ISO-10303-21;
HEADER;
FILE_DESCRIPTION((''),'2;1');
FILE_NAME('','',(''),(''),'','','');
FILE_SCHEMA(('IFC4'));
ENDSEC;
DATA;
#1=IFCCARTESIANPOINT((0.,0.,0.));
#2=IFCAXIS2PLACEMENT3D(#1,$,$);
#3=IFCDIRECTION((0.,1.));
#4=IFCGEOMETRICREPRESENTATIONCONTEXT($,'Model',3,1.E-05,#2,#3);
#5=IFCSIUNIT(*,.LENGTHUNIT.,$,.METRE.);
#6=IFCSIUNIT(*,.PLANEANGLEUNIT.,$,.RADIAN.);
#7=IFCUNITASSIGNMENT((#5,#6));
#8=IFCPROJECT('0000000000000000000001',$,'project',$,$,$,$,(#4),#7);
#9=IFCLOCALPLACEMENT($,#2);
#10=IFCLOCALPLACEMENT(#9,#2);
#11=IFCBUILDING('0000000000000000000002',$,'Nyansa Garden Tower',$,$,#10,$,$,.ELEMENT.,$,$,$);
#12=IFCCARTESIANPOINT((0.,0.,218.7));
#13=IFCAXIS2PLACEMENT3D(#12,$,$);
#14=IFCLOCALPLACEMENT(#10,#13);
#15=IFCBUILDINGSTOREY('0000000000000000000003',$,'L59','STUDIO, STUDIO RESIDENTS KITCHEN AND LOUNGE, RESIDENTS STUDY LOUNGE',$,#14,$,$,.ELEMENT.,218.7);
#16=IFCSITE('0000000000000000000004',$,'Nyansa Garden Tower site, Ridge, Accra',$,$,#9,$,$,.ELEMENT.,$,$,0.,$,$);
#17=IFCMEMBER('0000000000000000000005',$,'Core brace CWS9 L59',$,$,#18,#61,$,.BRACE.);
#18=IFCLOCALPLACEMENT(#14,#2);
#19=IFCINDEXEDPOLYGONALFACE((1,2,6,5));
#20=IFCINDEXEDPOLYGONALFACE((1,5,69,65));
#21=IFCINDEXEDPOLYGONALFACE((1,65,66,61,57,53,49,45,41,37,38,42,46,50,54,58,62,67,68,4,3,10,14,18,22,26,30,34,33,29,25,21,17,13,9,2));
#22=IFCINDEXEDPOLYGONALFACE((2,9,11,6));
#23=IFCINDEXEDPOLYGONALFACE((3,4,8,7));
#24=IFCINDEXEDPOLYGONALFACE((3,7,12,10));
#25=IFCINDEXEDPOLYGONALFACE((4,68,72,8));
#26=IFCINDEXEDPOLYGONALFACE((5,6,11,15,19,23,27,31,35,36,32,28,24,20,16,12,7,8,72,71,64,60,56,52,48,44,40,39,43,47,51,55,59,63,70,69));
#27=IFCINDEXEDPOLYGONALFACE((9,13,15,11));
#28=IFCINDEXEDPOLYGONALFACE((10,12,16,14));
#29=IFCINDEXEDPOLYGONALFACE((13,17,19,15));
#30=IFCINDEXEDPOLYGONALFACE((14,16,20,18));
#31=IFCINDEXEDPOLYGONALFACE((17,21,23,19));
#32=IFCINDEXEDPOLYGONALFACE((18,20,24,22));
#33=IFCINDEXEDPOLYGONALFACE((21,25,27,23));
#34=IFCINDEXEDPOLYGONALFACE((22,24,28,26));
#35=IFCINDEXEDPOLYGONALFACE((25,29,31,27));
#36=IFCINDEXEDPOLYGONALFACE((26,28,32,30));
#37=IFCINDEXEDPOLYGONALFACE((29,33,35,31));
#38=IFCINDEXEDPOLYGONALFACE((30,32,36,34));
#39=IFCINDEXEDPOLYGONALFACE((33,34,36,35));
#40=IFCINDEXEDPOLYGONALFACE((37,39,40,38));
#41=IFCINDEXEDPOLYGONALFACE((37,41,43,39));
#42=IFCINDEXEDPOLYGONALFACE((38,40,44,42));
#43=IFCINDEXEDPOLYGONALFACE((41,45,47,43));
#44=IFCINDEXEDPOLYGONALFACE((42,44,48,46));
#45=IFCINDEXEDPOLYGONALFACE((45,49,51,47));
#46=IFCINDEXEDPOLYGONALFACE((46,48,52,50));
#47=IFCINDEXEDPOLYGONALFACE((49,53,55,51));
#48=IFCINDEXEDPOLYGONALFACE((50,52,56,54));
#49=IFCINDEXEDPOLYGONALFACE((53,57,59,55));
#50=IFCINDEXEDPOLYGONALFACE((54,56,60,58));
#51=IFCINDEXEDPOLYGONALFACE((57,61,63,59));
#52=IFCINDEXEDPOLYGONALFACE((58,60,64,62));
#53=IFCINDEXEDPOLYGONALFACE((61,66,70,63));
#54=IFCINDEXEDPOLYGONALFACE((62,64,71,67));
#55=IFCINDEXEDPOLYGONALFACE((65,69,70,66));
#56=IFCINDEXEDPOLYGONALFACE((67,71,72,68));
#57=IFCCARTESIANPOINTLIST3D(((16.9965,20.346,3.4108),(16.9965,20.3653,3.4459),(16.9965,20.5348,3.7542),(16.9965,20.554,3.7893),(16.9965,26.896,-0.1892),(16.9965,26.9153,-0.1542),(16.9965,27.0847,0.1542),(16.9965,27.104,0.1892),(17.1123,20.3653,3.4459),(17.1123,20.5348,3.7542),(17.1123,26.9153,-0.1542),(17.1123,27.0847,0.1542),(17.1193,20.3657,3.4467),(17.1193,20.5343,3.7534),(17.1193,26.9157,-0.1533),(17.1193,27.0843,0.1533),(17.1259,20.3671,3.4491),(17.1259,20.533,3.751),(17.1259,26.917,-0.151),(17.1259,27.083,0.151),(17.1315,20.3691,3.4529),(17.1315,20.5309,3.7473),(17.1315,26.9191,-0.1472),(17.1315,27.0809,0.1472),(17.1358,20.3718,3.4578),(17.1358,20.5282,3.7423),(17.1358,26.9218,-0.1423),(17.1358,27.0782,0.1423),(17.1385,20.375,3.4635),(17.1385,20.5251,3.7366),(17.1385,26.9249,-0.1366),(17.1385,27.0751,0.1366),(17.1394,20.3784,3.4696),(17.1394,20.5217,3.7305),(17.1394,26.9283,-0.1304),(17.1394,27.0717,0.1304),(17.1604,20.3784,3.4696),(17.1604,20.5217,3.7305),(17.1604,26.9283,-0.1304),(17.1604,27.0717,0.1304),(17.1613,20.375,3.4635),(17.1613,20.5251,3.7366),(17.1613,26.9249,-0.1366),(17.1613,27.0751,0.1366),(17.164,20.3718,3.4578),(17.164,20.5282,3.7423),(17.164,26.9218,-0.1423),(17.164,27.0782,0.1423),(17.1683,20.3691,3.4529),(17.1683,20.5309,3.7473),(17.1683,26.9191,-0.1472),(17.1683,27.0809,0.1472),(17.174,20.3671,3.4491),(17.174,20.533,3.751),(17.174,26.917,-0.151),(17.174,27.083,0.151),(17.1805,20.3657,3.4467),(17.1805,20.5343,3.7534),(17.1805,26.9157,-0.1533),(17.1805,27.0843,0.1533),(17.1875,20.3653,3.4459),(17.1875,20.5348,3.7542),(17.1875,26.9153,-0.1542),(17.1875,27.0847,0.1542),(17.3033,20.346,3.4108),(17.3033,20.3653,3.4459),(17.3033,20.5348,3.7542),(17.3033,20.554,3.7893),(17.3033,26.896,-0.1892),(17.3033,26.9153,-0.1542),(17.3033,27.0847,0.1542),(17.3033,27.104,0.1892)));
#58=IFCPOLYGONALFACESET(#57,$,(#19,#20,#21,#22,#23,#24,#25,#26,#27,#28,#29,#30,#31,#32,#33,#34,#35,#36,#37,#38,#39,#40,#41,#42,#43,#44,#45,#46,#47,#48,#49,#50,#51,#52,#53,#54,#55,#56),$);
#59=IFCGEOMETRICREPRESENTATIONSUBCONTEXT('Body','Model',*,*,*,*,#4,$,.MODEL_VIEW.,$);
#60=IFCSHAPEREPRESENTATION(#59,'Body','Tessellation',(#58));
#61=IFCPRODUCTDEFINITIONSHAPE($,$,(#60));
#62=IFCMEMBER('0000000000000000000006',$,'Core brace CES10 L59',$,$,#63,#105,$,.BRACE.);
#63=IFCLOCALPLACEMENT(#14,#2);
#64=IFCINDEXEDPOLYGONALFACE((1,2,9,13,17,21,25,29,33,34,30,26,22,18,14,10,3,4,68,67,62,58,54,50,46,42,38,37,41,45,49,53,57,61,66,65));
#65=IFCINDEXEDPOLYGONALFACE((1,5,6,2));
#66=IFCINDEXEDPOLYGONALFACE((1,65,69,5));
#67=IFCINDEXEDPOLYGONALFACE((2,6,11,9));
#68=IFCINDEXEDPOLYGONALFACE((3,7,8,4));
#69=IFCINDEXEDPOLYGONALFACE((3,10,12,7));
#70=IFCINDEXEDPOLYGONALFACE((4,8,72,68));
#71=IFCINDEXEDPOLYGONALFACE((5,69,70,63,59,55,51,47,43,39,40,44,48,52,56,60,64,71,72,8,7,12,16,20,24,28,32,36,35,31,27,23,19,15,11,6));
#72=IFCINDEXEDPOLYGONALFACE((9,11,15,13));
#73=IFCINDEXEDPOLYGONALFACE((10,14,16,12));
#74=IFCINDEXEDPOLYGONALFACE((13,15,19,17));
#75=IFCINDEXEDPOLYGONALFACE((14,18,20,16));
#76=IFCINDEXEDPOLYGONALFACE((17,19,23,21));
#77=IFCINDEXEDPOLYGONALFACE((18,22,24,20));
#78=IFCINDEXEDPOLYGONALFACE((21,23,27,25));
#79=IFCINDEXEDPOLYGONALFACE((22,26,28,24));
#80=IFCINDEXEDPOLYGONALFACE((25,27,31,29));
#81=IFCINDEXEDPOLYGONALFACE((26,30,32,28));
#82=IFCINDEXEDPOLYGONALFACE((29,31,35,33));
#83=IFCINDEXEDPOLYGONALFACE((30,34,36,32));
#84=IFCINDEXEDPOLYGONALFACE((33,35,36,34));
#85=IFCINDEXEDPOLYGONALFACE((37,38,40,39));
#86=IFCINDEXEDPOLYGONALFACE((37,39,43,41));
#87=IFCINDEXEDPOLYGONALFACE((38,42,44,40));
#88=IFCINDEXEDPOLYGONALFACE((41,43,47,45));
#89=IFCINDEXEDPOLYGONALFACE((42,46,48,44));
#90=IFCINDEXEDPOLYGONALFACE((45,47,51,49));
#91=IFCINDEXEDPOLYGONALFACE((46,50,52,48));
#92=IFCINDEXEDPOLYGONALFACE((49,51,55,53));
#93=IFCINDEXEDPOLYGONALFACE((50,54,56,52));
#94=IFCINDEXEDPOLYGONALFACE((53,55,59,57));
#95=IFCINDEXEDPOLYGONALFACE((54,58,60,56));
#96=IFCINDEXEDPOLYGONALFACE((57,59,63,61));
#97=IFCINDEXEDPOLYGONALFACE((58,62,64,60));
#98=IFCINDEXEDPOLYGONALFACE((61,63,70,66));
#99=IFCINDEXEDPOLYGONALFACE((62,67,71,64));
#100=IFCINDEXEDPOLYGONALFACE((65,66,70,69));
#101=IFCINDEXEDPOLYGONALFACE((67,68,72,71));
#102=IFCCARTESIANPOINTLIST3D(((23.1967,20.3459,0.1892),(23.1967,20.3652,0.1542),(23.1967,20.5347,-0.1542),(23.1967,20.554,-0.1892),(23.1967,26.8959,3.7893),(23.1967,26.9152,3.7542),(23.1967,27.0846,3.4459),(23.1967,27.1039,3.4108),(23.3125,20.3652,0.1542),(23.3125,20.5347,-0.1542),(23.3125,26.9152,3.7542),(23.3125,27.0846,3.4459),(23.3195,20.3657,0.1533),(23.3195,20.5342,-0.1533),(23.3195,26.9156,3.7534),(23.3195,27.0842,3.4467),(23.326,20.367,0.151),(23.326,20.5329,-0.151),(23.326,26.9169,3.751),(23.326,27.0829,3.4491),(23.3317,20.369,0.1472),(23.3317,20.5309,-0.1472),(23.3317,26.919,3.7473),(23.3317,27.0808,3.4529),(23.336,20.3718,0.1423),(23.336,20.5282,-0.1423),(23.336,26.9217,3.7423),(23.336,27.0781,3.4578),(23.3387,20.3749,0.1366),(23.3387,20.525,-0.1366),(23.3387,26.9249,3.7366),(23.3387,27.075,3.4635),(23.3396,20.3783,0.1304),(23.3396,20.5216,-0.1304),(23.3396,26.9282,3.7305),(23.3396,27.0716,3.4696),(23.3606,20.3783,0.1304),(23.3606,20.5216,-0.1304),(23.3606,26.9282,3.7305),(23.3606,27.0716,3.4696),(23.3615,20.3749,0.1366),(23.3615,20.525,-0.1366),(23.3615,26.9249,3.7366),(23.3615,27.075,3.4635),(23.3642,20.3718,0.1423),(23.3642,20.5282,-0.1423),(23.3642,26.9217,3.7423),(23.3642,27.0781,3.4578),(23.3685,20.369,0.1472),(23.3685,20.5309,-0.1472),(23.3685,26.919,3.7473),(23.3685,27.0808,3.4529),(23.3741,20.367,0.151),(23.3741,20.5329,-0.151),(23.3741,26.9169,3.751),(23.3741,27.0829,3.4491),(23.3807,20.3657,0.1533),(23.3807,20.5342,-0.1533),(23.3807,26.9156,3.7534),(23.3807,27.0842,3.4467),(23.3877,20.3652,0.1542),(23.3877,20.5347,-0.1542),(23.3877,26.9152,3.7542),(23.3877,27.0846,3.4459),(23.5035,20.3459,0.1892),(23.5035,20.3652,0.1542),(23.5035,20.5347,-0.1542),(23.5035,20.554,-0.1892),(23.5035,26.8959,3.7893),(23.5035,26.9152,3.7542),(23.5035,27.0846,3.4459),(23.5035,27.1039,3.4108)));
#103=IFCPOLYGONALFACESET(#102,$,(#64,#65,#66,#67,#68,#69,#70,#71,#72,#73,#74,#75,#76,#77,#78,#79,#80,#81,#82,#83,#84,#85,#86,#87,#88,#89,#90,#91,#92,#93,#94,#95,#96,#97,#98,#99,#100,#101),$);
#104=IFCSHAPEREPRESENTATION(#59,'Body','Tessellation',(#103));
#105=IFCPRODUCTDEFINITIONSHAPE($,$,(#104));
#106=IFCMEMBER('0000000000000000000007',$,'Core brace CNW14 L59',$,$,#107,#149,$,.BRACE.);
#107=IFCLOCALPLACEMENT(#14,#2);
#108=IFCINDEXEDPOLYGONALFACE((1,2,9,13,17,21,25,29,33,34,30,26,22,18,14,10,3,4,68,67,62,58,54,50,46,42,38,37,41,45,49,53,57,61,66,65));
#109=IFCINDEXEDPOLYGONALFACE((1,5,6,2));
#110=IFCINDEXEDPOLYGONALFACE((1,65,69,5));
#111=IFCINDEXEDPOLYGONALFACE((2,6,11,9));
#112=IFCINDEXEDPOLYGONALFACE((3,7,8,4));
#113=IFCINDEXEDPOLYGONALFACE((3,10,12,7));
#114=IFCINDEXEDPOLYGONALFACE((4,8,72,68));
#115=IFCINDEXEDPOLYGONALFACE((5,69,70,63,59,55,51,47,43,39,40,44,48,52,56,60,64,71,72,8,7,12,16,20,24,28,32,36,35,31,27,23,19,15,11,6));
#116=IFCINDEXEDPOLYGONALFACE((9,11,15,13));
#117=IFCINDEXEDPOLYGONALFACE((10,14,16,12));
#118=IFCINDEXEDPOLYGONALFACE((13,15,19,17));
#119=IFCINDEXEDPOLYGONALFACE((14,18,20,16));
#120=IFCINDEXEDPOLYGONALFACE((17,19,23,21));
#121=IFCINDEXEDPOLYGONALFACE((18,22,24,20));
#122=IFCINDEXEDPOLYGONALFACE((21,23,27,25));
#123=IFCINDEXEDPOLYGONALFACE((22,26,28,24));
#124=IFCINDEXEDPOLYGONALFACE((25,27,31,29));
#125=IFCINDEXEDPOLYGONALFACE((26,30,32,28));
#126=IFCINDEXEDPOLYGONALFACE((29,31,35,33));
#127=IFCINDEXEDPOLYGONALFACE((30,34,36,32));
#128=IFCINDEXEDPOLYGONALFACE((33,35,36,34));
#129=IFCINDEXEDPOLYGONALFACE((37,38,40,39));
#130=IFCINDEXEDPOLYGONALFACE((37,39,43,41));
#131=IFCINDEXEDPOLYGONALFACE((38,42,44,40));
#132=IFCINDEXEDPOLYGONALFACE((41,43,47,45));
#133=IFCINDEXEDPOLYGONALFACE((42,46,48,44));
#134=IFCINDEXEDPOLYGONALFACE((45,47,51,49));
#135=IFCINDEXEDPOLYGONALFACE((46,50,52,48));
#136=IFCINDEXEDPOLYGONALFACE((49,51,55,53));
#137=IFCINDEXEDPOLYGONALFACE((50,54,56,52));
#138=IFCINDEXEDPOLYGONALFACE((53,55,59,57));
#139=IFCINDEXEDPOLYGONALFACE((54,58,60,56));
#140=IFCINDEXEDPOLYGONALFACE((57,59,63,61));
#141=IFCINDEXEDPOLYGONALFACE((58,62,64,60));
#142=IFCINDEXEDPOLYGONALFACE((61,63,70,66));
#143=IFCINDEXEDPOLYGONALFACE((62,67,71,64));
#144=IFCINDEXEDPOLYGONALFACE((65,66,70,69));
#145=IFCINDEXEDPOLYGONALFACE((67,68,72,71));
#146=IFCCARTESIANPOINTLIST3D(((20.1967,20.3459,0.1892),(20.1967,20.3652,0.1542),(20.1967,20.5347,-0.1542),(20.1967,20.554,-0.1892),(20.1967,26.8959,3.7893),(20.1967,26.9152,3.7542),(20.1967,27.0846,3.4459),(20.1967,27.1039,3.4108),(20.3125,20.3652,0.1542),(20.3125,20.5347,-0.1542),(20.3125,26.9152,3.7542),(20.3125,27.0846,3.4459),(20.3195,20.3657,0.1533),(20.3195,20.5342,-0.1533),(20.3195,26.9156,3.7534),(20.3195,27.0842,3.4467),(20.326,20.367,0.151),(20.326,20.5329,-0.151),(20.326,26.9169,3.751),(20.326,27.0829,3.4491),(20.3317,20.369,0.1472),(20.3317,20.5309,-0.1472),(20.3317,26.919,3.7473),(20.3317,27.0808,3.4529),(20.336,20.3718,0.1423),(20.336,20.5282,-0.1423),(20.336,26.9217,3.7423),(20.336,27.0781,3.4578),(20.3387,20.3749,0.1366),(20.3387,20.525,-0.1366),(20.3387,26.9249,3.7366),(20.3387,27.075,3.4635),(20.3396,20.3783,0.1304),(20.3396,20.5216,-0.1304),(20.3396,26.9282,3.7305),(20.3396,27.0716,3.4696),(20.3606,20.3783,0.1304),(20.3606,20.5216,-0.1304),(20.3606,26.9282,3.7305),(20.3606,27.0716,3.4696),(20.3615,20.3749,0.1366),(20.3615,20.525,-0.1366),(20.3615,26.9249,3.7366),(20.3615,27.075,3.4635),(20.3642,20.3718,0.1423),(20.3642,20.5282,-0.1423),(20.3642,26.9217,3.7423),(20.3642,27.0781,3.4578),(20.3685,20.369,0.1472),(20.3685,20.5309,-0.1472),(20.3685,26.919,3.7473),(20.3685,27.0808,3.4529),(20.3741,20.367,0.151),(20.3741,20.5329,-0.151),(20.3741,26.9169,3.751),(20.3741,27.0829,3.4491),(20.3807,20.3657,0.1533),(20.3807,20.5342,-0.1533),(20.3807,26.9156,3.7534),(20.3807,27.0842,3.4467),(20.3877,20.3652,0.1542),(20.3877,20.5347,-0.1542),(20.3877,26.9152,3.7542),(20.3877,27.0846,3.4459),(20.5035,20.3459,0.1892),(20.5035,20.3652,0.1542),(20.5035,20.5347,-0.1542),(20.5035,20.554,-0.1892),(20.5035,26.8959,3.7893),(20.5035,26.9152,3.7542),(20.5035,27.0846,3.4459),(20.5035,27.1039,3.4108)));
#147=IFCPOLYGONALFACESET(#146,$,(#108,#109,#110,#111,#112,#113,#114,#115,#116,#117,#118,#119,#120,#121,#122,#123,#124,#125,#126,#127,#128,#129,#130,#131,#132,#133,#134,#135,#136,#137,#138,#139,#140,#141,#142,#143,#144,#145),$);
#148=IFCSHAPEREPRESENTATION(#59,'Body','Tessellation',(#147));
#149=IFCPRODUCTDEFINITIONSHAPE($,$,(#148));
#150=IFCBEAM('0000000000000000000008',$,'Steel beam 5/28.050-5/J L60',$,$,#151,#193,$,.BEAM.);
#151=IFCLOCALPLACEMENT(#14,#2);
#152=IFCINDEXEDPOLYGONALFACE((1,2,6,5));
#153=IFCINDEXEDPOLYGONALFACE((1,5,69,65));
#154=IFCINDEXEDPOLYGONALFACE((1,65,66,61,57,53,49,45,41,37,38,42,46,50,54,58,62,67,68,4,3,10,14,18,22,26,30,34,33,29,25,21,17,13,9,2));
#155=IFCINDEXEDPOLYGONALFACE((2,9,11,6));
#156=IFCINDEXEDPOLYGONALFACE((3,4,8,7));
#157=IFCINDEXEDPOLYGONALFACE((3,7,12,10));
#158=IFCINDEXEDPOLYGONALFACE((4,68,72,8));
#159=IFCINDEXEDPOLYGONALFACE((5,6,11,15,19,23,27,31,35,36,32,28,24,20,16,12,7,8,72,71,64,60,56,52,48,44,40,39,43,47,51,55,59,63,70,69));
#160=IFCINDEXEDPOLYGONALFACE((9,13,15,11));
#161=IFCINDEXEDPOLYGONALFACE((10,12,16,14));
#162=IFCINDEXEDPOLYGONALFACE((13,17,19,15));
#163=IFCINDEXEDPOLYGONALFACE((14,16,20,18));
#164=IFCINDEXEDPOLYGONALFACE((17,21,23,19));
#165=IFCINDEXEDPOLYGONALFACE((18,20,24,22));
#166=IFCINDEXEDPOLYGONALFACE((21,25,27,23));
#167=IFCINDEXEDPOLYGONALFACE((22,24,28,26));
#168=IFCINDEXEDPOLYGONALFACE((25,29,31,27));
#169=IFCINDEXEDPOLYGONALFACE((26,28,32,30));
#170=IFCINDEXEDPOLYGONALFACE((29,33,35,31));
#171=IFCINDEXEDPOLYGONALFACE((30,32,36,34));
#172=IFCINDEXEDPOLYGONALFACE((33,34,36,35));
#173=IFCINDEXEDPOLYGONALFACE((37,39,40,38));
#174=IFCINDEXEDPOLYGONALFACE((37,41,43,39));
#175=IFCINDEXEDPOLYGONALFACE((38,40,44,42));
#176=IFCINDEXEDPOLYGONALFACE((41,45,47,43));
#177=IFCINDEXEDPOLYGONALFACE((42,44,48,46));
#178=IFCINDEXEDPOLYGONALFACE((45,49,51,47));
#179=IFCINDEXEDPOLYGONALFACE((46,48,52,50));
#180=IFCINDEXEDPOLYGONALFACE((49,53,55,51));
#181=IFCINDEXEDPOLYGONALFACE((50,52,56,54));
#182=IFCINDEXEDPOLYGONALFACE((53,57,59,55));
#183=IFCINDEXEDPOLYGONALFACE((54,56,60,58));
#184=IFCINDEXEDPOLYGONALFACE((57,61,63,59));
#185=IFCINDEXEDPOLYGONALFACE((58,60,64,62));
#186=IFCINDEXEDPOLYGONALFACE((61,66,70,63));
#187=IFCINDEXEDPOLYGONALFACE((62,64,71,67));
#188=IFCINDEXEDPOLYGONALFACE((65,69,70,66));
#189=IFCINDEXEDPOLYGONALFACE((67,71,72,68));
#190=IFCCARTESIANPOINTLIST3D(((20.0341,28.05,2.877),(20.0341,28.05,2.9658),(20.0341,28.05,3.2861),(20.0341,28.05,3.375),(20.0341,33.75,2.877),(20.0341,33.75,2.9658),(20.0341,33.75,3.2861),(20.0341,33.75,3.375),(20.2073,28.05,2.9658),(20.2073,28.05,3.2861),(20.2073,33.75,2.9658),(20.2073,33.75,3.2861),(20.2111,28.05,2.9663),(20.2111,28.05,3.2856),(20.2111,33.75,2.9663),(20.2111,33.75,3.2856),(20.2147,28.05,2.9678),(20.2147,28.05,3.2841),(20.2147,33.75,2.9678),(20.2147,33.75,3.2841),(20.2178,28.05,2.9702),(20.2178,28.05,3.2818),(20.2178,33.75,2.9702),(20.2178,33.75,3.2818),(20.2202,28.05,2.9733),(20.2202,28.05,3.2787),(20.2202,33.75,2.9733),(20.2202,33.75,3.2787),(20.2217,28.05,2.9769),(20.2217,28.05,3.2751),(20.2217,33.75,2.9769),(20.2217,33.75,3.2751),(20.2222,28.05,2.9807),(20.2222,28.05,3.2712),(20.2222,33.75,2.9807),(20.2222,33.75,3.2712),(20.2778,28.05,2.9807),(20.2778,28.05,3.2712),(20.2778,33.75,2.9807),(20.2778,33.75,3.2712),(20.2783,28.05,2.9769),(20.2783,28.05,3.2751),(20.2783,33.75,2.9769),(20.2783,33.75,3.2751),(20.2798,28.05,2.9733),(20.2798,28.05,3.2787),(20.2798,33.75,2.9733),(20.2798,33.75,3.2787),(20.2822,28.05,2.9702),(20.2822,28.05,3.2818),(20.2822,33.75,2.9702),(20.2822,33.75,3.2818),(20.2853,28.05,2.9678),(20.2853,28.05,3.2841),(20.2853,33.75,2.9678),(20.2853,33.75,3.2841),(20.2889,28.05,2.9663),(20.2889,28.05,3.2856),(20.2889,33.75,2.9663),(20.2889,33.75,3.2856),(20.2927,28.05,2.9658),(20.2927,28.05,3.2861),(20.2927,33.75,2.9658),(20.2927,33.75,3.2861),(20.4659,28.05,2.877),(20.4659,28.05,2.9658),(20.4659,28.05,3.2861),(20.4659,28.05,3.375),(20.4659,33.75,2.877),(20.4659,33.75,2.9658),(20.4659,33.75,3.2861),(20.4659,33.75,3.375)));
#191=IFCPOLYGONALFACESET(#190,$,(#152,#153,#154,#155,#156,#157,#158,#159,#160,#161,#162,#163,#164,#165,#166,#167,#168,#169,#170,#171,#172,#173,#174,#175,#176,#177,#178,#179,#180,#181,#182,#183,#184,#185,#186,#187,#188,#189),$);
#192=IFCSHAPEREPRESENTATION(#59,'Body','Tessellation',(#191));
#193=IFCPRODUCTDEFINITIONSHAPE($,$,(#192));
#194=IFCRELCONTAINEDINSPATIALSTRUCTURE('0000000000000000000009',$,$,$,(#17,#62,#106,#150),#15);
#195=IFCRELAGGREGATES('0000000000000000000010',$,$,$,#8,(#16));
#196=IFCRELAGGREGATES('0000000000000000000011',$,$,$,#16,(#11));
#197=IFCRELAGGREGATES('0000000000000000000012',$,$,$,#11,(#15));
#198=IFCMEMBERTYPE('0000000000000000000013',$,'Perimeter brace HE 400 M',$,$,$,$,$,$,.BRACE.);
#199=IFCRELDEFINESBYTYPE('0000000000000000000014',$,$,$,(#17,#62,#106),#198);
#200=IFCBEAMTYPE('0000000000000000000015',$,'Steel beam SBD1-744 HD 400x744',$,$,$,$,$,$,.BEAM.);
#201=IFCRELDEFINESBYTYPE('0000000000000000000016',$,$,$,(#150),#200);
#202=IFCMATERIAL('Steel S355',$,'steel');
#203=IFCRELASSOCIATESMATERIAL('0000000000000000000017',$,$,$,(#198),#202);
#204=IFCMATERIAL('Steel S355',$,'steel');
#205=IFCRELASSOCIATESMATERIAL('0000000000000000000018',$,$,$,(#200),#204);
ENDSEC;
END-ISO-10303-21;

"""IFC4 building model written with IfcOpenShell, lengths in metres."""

from ifc_helpers import new_model, si_unit, direction, frame, origin, origin_2d, place, context, subcontext, project, spatial, i_section, extrude, material, material_profile, profile_set, type_object, element, save


model = new_model("IFC4")

# Units and contexts
model_context = context("Model", 3, precision=1e-05, world=origin(), true_north=direction((0.0, 1.0)))
body_context = subcontext(model_context, "Body", "Model", "MODEL_VIEW")
ifc_project = project(units=[si_unit("LENGTHUNIT", "METRE"), si_unit("PLANEANGLEUNIT", "RADIAN")], contexts=[model_context])

# Site, building, storey
site_placement = place(None, origin())
site = spatial("IfcSite", under=ifc_project, at=site_placement, Name="Nyansa Garden Tower site, Ridge, Accra", CompositionType="ELEMENT", RefElevation=0.0)
building_placement = place(site_placement, origin())
building = spatial("IfcBuilding", under=site, at=building_placement, Name="Nyansa Garden Tower", CompositionType="ELEMENT")
storey_placement = place(building_placement, frame((0.0, 0.0, 218.7)))
storey = spatial("IfcBuildingStorey", under=building, at=storey_placement, Name="L59", Description="STUDIO, STUDIO RESIDENTS KITCHEN AND LOUNGE, RESIDENTS STUDY LOUNGE", CompositionType="ELEMENT", Elevation=218.7)

# Members
ifc_material_1 = material(Name="Steel S355", Category="steel")
ifc_material_profile_1 = material_profile(ifc_material_1, i_section(OverallWidth=0.3069, OverallDepth=0.4319, WebThickness=0.021, FlangeThickness=0.04, FilletRadius=0.0271, at=origin_2d()), Name="HE 400 M")
ifc_profile_set_1 = profile_set([ifc_material_profile_1], Name="Steel S355")
member_type_1 = type_object("IfcMemberType", Name="Perimeter brace HE 400 M", PredefinedType="BRACE", material=ifc_profile_set_1)
for number, where, z_axis, x_axis, name in (
    (1, (17.1499, 27.0, 0.0), (0.0, -0.876353, 0.481669), (1.0, 0.0, 0.0), "Core brace CWS9 L59"),
    (2, (23.3501, 20.45, 0.0), (0.0, 0.876353, 0.481669), (-1.0, 0.0, 0.0), "Core brace CES10 L59"),
    (3, (20.3501, 20.45, 0.0), (0.0, 0.876353, 0.481669), (-1.0, 0.0, 0.0), "Core brace CNW14 L59"),
):
    element("IfcMember", number, at=place(storey_placement, frame(where, z_axis=z_axis, x_axis=x_axis)), inside=storey, type_object=member_type_1, Name=name, PredefinedType="BRACE", context=body_context, shape_type="SweptSolid", body=[
        extrude(i_section(OverallWidth=0.3069, OverallDepth=0.4319, WebThickness=0.021, FlangeThickness=0.04, FilletRadius=0.0271, at=origin_2d()), origin(), (0.0, 0.0, 1.0), 7.4741),
    ])

# Beam
ifc_material_2 = material(Name="Steel S355", Category="steel")
ifc_material_profile_2 = material_profile(ifc_material_2, i_section(OverallWidth=0.4319, OverallDepth=0.498, WebThickness=0.0557, FlangeThickness=0.0889, FilletRadius=0.0149, at=origin_2d()), Name="HD 400x744")
ifc_profile_set_2 = profile_set([ifc_material_profile_2], Name="Steel S355")
beam_type_1 = type_object("IfcBeamType", Name="Steel beam SBD1-744 HD 400x744", PredefinedType="BEAM", material=ifc_profile_set_2)
for number, where, z_axis, x_axis, name in (
    (4, (20.25, 28.05, 3.126), (0.0, 1.0, 0.0), (-1.0, 0.0, 0.0), "Steel beam 5/28.050-5/J L60"),
):
    element("IfcBeam", number, at=place(storey_placement, frame(where, z_axis=z_axis, x_axis=x_axis)), inside=storey, type_object=beam_type_1, Name=name, PredefinedType="BEAM", context=body_context, shape_type="SweptSolid", body=[
        extrude(i_section(OverallWidth=0.4319, OverallDepth=0.498, WebThickness=0.0557, FlangeThickness=0.0889, FilletRadius=0.0149, at=origin_2d()), origin(), (0.0, 0.0, 1.0), 5.7),
    ])

save(model, "model.ifc")
